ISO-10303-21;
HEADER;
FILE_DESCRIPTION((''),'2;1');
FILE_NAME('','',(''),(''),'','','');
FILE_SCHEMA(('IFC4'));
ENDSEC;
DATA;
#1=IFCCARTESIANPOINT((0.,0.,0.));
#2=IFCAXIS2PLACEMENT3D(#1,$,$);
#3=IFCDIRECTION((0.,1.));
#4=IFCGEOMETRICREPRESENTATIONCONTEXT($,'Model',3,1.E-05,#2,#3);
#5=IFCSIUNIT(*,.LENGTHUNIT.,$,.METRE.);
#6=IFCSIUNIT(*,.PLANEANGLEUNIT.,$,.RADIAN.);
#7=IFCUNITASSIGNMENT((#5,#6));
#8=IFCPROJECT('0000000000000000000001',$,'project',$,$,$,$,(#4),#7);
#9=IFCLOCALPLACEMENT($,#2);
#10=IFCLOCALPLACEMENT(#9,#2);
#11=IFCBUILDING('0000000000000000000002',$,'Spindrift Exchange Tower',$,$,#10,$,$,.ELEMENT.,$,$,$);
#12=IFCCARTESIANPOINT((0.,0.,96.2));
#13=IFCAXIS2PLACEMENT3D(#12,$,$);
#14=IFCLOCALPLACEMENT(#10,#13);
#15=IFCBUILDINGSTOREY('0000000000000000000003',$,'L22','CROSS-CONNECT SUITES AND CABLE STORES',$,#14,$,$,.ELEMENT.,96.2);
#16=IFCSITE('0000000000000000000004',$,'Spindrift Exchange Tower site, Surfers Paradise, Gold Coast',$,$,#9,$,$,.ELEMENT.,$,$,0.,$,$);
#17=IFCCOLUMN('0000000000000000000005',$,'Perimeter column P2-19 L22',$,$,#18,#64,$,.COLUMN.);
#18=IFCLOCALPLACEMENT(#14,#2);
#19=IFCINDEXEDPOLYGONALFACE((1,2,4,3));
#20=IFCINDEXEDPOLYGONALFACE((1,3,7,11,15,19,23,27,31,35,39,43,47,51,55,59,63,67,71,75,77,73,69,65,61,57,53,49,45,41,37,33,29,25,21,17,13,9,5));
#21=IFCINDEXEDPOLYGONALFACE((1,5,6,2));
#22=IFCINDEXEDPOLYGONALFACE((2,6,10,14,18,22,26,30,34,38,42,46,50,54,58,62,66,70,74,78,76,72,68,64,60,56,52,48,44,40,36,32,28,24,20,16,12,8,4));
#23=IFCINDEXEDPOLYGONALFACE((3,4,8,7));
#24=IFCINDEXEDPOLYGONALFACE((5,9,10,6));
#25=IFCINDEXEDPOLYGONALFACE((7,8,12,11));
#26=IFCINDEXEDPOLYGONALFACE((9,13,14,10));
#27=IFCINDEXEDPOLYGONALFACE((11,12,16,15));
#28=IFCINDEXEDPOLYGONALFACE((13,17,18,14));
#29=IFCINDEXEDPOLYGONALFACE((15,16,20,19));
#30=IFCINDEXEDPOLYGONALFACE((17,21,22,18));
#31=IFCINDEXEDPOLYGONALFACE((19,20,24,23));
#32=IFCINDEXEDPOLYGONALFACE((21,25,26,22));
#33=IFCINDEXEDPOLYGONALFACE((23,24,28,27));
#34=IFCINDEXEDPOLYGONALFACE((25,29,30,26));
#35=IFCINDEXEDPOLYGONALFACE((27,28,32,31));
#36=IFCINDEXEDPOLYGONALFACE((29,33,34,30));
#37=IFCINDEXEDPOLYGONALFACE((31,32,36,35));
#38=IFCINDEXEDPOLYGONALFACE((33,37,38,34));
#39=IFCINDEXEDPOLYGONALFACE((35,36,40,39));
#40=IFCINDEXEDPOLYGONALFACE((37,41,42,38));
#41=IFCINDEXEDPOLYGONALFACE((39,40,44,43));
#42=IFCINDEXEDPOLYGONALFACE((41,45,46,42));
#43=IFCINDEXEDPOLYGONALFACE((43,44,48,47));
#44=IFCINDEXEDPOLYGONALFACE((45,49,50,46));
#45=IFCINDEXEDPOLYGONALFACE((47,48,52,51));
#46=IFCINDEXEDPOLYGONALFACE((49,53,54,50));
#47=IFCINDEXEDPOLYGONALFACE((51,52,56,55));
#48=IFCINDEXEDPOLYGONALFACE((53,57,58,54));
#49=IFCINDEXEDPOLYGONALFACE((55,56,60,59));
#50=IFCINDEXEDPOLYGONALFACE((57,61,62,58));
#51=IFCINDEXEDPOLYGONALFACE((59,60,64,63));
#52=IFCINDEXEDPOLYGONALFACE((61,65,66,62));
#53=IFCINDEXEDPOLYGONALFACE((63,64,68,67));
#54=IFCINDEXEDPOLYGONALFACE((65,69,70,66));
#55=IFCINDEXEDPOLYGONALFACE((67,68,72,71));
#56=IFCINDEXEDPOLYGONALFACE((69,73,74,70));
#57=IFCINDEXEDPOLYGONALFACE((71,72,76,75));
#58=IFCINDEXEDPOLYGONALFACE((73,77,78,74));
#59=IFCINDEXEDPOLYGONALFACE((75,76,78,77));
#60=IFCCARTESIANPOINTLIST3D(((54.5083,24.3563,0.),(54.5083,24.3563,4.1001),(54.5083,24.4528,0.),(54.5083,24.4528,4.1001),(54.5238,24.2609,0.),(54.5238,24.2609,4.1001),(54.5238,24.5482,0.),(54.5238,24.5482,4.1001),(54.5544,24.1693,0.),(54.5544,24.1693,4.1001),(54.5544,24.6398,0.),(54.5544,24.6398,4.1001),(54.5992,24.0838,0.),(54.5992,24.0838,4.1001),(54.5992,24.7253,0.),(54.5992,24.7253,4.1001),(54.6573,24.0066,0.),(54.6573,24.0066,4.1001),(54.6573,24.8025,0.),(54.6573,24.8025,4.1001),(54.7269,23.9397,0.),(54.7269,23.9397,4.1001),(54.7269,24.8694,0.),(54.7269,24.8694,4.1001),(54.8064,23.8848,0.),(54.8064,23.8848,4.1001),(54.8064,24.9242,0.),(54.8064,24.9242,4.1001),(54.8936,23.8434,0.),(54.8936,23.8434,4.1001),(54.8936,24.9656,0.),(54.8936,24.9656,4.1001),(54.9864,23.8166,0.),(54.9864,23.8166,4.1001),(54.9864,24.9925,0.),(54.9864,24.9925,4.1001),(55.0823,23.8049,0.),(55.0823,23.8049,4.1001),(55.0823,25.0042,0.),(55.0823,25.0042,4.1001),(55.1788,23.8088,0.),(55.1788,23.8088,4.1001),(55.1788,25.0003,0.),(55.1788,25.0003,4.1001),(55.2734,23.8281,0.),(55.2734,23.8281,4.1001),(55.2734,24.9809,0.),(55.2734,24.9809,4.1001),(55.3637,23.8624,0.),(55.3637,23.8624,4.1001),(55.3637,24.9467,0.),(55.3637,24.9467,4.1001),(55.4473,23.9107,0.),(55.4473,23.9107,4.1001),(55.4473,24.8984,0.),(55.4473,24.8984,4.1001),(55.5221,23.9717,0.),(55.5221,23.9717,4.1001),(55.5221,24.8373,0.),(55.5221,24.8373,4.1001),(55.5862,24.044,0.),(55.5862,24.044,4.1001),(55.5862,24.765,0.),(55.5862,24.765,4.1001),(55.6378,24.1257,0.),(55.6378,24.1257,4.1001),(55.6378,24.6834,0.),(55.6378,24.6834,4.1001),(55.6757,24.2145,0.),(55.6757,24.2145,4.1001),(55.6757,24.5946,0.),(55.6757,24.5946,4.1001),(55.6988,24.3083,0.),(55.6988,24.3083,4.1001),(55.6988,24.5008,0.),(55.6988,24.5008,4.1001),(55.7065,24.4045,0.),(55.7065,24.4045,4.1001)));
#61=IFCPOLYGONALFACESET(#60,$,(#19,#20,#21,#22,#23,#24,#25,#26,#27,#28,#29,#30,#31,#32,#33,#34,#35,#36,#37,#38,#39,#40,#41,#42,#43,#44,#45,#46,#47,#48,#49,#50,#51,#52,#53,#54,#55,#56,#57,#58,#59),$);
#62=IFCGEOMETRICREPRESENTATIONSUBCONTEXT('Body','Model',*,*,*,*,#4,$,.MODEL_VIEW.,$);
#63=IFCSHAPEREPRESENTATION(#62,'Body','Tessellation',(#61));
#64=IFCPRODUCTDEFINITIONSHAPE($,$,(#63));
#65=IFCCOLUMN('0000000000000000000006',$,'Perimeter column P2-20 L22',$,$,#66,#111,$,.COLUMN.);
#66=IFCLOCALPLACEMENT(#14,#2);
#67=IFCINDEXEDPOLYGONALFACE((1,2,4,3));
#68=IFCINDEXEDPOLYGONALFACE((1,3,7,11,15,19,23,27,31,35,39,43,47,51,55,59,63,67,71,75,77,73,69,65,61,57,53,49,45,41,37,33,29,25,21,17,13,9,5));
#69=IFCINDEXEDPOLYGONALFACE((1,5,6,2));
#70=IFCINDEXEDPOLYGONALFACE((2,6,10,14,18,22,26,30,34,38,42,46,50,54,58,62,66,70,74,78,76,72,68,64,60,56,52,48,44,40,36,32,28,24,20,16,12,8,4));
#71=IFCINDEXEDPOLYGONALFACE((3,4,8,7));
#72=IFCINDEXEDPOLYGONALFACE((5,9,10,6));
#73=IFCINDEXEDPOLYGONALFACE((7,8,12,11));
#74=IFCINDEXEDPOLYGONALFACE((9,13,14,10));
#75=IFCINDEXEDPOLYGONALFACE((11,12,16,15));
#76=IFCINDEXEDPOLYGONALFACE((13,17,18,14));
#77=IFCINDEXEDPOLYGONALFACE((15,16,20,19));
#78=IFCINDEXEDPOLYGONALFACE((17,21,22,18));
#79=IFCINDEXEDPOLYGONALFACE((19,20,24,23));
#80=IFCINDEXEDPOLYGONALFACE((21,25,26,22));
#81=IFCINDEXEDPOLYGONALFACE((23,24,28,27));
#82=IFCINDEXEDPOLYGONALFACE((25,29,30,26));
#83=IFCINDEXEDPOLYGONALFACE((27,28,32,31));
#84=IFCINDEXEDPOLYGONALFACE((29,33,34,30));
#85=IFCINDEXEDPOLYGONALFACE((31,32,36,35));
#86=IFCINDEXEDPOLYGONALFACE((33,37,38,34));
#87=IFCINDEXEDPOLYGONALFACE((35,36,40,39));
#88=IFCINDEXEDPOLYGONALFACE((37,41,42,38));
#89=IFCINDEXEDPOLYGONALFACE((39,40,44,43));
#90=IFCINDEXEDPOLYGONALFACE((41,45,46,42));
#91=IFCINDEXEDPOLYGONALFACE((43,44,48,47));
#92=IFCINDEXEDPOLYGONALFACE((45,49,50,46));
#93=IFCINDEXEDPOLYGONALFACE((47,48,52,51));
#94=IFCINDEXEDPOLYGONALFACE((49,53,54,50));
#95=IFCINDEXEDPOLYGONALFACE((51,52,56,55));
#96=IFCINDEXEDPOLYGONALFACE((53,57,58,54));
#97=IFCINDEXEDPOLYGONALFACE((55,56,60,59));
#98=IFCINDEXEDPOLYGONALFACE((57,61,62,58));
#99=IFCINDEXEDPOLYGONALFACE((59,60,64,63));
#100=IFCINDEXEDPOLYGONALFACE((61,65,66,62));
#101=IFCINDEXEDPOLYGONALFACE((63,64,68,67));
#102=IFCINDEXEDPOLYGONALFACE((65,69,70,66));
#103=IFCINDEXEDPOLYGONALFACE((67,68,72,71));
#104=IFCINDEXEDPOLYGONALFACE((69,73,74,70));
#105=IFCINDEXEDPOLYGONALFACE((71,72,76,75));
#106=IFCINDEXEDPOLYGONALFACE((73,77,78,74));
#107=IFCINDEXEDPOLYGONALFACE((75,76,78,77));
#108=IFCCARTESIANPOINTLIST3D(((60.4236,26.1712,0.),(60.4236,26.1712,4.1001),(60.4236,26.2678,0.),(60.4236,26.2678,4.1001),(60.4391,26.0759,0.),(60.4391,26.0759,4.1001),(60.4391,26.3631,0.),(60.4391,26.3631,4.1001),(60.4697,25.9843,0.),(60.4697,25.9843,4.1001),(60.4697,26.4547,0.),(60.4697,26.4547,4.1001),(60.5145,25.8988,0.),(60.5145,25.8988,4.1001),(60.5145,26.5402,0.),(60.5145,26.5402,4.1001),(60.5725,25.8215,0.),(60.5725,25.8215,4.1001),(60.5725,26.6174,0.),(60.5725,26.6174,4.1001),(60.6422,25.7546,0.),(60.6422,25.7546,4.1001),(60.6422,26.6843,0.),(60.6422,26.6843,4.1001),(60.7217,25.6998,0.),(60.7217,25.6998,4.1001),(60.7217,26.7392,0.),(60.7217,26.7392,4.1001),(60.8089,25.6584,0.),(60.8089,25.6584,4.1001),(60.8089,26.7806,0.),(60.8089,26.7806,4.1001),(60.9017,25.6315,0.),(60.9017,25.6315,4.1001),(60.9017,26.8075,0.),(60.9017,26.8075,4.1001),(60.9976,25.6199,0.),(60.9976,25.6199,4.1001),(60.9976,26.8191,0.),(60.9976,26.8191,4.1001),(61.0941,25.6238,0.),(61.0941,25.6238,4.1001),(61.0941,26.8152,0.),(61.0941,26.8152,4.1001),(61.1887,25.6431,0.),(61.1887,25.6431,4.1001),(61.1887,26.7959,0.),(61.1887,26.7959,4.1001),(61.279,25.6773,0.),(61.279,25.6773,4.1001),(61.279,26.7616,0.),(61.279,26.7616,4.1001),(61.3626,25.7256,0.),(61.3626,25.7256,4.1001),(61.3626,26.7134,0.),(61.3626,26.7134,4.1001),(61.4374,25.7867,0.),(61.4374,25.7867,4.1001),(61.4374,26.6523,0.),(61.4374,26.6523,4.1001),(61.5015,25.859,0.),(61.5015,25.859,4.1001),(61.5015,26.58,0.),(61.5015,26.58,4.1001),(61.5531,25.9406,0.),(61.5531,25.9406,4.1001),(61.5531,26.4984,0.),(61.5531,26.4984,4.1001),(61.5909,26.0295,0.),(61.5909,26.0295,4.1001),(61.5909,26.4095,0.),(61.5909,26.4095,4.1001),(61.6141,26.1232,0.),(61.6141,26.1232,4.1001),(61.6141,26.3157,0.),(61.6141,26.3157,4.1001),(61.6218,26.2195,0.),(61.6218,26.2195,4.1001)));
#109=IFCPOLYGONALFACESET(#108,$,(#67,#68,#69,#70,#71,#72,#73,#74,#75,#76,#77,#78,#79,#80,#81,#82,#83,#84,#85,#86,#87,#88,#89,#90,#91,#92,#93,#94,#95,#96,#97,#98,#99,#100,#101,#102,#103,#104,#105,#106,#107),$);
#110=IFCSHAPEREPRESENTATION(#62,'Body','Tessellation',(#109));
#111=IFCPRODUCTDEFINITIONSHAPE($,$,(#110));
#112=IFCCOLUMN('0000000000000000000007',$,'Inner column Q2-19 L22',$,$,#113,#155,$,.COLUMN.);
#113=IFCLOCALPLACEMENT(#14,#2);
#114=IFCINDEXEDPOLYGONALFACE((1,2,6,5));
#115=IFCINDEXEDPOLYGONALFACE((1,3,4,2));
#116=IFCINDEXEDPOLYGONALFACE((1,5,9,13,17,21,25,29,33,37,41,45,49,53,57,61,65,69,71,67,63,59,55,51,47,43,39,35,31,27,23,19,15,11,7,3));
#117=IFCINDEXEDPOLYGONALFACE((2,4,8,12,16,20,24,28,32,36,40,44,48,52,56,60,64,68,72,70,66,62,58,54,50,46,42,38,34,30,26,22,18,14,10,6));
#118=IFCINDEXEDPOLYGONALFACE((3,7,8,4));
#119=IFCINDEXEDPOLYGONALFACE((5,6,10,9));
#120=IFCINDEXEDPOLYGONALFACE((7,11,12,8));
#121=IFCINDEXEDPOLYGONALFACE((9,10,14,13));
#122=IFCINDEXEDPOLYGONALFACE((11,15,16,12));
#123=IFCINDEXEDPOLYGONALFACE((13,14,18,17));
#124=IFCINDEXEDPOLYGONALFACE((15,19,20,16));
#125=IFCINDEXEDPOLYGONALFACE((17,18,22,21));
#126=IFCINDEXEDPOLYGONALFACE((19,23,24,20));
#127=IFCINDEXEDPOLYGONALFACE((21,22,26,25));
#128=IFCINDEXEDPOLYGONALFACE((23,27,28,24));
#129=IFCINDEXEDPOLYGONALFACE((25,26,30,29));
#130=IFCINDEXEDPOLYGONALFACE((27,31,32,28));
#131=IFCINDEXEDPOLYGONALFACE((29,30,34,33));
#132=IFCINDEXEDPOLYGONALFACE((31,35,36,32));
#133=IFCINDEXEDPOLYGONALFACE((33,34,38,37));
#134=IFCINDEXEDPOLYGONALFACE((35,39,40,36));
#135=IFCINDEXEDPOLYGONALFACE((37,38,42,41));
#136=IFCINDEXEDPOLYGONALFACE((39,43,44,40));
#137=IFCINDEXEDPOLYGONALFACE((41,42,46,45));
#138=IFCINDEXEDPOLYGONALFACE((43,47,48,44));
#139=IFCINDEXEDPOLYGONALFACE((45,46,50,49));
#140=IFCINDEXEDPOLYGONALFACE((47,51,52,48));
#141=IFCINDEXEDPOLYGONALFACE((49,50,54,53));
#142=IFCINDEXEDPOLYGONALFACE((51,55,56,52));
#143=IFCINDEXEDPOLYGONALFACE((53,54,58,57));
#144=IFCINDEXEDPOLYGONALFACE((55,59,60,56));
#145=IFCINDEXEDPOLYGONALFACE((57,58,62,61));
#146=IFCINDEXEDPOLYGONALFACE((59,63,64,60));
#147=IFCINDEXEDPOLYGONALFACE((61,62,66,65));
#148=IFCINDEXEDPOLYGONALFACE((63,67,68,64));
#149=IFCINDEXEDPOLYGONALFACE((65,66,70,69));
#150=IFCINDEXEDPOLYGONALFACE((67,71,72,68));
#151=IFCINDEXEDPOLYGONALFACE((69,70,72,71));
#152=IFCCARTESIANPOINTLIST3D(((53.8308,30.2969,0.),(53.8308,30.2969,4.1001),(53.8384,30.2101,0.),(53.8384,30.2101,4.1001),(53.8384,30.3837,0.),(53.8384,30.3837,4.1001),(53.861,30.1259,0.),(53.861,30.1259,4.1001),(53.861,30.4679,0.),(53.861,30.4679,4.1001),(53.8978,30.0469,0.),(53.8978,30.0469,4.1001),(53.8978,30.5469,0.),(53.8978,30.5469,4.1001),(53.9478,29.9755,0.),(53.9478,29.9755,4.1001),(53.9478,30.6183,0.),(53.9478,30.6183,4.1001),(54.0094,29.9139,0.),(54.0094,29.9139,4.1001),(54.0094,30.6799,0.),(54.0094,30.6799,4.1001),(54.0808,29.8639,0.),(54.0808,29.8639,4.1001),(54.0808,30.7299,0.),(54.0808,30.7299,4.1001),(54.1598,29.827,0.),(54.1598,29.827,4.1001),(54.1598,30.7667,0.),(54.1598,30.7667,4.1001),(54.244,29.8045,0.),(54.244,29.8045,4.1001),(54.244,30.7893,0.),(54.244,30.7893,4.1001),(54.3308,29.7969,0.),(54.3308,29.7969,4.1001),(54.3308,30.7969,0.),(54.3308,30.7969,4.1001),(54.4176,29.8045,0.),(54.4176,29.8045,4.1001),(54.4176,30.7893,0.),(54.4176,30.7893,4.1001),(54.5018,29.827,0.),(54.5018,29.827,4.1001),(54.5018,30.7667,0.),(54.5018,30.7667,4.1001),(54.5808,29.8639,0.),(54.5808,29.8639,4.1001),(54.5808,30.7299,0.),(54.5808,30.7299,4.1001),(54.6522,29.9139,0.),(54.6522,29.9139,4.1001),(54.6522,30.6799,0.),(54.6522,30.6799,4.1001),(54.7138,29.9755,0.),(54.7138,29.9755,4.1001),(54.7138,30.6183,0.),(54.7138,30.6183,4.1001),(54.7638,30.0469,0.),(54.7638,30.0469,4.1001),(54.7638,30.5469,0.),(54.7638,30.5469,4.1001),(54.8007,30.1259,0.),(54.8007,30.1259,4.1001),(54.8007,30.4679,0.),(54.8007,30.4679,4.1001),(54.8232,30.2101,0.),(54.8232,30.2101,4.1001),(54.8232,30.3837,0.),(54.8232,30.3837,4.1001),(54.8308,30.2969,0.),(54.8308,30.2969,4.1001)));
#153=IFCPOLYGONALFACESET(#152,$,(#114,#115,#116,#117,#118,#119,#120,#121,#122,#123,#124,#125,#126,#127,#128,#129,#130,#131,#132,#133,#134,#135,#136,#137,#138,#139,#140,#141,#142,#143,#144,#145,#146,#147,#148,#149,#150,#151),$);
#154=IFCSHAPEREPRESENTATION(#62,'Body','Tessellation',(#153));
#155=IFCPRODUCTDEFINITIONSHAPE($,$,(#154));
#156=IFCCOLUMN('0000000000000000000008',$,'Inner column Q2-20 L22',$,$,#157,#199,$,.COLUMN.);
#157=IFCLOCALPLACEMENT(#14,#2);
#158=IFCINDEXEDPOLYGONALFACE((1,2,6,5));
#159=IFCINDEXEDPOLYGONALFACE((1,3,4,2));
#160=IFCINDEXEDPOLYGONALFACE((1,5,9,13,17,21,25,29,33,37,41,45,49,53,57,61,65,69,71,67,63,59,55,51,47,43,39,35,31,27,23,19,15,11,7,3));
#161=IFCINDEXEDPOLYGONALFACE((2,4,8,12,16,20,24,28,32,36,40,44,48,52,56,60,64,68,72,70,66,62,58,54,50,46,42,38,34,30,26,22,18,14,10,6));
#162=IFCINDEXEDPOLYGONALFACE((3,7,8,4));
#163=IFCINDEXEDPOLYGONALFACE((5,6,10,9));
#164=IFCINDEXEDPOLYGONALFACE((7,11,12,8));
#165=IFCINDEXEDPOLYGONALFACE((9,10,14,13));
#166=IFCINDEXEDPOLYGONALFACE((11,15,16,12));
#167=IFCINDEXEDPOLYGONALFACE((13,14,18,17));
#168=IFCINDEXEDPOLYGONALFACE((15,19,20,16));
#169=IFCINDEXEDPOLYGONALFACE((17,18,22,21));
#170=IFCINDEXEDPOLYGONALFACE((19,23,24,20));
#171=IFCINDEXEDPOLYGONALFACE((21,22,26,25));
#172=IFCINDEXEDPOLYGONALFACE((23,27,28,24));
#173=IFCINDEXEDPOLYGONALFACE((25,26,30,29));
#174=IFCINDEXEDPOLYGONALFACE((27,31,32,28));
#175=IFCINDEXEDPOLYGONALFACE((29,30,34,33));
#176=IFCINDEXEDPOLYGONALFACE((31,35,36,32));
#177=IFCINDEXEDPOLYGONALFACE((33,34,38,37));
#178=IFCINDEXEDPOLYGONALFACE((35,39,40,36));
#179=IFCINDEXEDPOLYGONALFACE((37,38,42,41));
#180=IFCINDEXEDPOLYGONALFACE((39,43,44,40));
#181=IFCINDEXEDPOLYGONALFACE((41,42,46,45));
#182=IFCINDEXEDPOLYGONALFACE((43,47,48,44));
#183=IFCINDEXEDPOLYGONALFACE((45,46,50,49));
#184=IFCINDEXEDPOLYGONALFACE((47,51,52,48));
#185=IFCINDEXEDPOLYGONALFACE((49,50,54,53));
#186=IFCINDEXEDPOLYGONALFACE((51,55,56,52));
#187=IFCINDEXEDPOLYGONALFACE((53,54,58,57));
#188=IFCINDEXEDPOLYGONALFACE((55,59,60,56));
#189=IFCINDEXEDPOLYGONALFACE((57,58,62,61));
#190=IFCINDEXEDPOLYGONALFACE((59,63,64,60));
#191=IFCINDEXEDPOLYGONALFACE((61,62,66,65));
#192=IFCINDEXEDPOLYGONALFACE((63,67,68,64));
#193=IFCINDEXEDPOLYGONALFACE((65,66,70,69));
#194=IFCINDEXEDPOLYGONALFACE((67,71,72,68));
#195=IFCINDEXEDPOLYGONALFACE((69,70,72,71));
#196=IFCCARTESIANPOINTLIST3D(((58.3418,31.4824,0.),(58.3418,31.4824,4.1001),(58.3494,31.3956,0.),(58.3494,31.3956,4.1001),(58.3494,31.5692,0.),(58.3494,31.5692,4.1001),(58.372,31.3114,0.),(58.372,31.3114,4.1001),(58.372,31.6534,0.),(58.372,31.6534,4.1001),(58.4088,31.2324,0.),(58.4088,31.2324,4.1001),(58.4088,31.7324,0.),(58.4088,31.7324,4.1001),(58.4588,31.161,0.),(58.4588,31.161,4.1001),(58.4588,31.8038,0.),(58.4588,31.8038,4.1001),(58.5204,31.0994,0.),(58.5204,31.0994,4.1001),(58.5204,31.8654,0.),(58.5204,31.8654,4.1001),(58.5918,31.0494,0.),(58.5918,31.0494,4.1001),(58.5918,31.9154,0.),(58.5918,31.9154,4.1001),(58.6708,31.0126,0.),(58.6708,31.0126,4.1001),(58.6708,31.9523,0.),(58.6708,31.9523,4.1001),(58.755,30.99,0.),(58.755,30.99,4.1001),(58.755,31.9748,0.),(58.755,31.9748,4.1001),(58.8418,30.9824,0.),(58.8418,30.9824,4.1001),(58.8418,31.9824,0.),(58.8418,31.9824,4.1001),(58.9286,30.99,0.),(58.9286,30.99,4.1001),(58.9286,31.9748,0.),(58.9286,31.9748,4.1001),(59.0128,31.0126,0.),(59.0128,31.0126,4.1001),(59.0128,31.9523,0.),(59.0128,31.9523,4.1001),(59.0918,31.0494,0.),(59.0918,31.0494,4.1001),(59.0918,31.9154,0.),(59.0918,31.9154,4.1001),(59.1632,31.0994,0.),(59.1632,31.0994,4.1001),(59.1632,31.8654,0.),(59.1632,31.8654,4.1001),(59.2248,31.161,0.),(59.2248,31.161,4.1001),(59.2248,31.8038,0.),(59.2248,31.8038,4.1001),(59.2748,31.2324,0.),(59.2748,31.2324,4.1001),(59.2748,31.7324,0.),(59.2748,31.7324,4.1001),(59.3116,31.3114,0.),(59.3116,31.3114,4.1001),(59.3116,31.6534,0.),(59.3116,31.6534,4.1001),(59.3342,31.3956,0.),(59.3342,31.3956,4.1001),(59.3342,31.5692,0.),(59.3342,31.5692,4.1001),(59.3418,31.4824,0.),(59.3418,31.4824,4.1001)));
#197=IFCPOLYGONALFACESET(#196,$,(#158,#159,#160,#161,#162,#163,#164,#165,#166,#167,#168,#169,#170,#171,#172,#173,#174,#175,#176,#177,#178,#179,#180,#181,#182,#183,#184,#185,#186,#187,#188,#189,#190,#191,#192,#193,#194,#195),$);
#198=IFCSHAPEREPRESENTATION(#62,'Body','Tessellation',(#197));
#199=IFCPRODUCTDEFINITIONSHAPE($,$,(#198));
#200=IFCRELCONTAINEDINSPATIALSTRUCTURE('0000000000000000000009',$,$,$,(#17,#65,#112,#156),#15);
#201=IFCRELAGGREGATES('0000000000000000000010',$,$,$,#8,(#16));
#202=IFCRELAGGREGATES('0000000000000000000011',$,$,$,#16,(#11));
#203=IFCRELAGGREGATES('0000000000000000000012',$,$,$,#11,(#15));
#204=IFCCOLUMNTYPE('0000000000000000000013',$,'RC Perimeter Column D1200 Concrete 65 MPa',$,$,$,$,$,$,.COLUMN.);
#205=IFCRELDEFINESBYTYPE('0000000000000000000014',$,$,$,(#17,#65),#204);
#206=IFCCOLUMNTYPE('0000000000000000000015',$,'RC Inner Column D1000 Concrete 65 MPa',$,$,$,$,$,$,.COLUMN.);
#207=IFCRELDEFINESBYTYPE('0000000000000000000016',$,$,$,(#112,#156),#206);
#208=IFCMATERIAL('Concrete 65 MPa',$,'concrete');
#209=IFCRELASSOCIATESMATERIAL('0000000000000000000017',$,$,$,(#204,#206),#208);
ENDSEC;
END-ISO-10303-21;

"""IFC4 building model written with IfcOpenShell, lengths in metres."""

from ifc_helpers import new_model, si_unit, direction, frame, origin, origin_2d, place, context, subcontext, project, spatial, circle, extrude, source, transform, mapped, material, material_profile, profile_set, type_object, element, save


model = new_model("IFC4")

# Units and contexts
model_context = context("Model", 3, precision=1e-05, world=origin(), true_north=direction((0.0, 1.0)))
body_context = subcontext(model_context, "Body", "Model", "MODEL_VIEW")
ifc_project = project(units=[si_unit("LENGTHUNIT", "METRE"), si_unit("PLANEANGLEUNIT", "RADIAN")], contexts=[model_context])

# Site, building, storey
site_placement = place(None, origin())
site = spatial("IfcSite", under=ifc_project, at=site_placement, Name="Spindrift Exchange Tower site, Surfers Paradise, Gold Coast", CompositionType="ELEMENT", RefElevation=0.0)
building_placement = place(site_placement, origin())
building = spatial("IfcBuilding", under=site, at=building_placement, Name="Spindrift Exchange Tower", CompositionType="ELEMENT")
storey_placement = place(building_placement, frame((0.0, 0.0, 96.2)))
storey = spatial("IfcBuildingStorey", under=building, at=storey_placement, Name="L22", Description="CROSS-CONNECT SUITES AND CABLE STORES", CompositionType="ELEMENT", Elevation=96.2)

# Columns
ifc_material_1 = material(Name="Concrete 65 MPa", Category="concrete")
ifc_material_profile_1 = material_profile(ifc_material_1, circle(Radius=0.6001, at=origin_2d()), Name="RC D1200")
ifc_profile_set_1 = profile_set([ifc_material_profile_1], Name="Concrete 65 MPa")
column_type_1 = type_object("IfcColumnType", Name="RC Perimeter Column D1200 Concrete 65 MPa", PredefinedType="COLUMN", material=ifc_profile_set_1)
shared_shape_1 = source(origin(), body_context, "Body", "SweptSolid", [
    extrude(circle(Radius=0.6001, at=origin_2d()), origin(), (0.0, 0.0, 1.0), 4.1001),
])
for number, where, z_axis, x_axis, name in (
    (1, (55.1064, 24.4045, 0.0), (0.0, 0.0, 1.0), (1.0, 0.0, 0.0), "Perimeter column P2-19 L22"),
    (2, (61.0217, 26.2195, 0.0), (0.0, 0.0, 1.0), (1.0, 0.0, 0.0), "Perimeter column P2-20 L22"),
):
    element("IfcColumn", number, at=place(storey_placement, frame(where, z_axis=z_axis, x_axis=x_axis)), inside=storey, type_object=column_type_1, Name=name, PredefinedType="COLUMN", context=body_context, shape_type="MappedRepresentation", body=[
        mapped(shared_shape_1, transform((0.0, 0.0, 0.0), scale=1.0)),
    ])
ifc_material_profile_2 = material_profile(ifc_material_1, circle(Radius=0.5, at=origin_2d()), Name="RC D1000")
ifc_profile_set_2 = profile_set([ifc_material_profile_2], Name="Concrete 65 MPa")
column_type_2 = type_object("IfcColumnType", Name="RC Inner Column D1000 Concrete 65 MPa", PredefinedType="COLUMN", material=ifc_profile_set_2)
shared_shape_2 = source(origin(), body_context, "Body", "SweptSolid", [
    extrude(circle(Radius=0.5, at=origin_2d()), origin(), (0.0, 0.0, 1.0), 4.1001),
])
for number, where, z_axis, x_axis, name in (
    (3, (54.3308, 30.2969, 0.0), (0.0, 0.0, 1.0), (1.0, 0.0, 0.0), "Inner column Q2-19 L22"),
    (4, (58.8418, 31.4824, 0.0), (0.0, 0.0, 1.0), (1.0, 0.0, 0.0), "Inner column Q2-20 L22"),
):
    element("IfcColumn", number, at=place(storey_placement, frame(where, z_axis=z_axis, x_axis=x_axis)), inside=storey, type_object=column_type_2, Name=name, PredefinedType="COLUMN", context=body_context, shape_type="MappedRepresentation", body=[
        mapped(shared_shape_2, transform((0.0, 0.0, 0.0), scale=1.0)),
    ])

save(model, "model.ifc")
